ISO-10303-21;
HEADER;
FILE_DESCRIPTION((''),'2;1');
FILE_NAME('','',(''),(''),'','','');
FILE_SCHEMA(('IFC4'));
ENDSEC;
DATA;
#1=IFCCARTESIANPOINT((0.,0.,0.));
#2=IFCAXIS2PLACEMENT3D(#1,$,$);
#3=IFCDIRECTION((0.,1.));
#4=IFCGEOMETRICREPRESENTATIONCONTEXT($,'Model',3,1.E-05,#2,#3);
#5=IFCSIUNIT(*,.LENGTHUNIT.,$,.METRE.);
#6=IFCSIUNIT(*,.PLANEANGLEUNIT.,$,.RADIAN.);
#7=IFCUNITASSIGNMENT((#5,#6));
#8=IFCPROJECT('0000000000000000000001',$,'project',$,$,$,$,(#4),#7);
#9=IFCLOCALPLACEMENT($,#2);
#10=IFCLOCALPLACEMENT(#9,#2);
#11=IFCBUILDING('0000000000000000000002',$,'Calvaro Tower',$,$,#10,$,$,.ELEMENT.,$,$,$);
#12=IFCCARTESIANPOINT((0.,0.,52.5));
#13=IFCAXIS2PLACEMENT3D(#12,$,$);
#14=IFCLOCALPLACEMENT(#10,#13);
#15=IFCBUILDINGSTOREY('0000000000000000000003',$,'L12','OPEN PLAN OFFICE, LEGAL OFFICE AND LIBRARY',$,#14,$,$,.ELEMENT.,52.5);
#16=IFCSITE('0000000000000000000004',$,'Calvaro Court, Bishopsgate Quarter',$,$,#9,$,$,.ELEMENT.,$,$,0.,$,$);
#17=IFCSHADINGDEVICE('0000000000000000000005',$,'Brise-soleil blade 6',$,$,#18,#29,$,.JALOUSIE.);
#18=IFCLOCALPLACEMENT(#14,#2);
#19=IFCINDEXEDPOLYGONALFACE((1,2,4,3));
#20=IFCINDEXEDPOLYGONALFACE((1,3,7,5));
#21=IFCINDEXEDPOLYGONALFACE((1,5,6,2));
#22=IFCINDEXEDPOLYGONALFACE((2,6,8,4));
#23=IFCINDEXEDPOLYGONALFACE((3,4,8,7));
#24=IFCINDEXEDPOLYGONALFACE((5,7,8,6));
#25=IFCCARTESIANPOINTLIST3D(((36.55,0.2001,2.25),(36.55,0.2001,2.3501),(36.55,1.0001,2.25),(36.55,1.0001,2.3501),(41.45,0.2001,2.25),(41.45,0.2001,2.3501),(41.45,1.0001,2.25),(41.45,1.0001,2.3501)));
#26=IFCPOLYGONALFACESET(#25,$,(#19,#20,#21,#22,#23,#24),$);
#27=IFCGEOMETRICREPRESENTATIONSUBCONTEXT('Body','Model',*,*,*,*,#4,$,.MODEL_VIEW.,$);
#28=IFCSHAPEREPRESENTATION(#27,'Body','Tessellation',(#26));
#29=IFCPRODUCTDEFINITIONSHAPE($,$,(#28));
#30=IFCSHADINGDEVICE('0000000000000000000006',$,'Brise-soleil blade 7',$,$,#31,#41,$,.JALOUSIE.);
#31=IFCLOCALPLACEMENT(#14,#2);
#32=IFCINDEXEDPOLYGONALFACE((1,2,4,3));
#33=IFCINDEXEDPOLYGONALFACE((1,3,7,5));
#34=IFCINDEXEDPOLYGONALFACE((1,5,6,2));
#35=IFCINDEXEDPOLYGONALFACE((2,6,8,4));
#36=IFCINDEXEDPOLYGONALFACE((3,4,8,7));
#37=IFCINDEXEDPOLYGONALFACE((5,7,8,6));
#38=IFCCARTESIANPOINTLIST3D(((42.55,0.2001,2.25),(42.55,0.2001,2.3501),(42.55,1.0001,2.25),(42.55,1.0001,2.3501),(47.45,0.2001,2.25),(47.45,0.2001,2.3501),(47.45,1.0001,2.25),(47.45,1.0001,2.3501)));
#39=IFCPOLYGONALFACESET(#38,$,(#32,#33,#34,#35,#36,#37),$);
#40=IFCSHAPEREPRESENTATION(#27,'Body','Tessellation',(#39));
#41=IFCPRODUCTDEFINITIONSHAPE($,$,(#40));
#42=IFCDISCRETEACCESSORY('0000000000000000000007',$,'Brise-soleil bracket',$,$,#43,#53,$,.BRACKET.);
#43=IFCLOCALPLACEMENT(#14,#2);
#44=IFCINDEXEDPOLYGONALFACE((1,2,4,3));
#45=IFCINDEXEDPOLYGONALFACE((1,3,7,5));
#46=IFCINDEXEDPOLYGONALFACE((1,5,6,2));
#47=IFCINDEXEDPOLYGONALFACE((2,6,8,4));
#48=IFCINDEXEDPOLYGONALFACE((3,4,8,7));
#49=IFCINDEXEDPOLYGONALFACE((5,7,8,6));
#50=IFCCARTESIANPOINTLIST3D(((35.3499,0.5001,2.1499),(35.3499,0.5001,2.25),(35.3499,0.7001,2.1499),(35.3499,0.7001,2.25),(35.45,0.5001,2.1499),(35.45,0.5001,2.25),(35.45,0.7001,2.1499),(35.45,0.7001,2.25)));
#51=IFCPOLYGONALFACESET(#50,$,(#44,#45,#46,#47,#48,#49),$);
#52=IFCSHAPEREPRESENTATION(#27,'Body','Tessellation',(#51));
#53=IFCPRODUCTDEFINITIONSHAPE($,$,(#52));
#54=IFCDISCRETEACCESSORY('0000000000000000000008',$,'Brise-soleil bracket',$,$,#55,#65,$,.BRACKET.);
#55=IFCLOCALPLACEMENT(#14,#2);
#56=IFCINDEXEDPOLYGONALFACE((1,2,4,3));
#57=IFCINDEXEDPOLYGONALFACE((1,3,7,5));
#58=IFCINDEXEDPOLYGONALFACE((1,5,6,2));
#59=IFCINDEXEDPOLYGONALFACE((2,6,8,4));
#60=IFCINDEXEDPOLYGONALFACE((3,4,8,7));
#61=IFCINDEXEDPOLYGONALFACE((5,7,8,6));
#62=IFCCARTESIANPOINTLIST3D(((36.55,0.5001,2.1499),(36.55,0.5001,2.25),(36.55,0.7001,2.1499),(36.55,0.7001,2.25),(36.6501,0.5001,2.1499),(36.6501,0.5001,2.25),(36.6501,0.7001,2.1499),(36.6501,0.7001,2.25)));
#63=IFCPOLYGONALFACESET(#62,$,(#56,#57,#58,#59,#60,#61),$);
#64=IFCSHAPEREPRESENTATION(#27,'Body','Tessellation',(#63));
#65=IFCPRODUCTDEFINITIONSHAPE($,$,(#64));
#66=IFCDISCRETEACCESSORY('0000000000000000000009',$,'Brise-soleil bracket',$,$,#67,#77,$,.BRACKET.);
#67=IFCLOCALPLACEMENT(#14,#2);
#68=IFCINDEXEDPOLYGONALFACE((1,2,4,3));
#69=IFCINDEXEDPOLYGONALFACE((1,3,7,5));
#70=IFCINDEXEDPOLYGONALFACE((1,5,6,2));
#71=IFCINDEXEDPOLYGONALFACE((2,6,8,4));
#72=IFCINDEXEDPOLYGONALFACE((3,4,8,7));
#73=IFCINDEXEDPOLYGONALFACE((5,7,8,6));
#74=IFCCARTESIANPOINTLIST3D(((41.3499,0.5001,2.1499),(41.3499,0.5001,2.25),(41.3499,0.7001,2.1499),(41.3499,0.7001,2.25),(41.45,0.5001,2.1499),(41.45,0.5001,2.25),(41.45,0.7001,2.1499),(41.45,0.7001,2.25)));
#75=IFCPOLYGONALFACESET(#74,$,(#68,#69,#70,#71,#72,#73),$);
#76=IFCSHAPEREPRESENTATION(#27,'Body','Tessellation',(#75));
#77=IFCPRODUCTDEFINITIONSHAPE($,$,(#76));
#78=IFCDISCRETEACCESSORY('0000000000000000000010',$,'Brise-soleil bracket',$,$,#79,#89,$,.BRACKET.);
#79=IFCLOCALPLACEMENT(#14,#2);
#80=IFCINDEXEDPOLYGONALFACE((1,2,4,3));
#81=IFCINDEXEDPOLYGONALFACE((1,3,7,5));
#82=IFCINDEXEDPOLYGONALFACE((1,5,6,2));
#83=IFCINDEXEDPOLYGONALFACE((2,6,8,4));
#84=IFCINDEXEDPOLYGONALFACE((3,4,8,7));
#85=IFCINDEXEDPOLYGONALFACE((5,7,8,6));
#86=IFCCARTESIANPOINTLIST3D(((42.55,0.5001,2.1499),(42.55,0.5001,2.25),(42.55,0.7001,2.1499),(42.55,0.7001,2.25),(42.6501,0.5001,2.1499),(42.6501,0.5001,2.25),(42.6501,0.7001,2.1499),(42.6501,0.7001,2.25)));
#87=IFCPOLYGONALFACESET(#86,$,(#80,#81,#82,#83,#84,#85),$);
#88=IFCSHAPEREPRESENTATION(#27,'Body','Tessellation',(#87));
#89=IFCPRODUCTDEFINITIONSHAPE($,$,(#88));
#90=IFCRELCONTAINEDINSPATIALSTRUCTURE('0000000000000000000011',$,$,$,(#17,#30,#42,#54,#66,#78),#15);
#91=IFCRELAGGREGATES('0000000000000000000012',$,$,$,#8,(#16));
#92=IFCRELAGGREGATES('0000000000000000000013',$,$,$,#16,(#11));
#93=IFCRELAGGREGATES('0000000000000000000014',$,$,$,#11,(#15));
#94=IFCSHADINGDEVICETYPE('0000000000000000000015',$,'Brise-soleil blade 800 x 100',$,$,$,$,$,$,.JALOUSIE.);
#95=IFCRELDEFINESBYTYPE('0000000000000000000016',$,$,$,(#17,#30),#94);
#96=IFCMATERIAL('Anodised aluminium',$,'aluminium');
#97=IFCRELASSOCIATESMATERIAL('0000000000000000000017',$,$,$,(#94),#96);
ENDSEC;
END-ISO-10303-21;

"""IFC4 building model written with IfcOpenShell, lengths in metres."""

from ifc_helpers import new_model, si_unit, direction, frame, origin, origin_2d, place, context, subcontext, project, spatial, rectangle, extrude, material, material_profile, profile_set, type_object, element, save


model = new_model("IFC4")

# Units and contexts
model_context = context("Model", 3, precision=1e-05, world=origin(), true_north=direction((0.0, 1.0)))
body_context = subcontext(model_context, "Body", "Model", "MODEL_VIEW")
ifc_project = project(units=[si_unit("LENGTHUNIT", "METRE"), si_unit("PLANEANGLEUNIT", "RADIAN")], contexts=[model_context])

# Site, building, storey
site_placement = place(None, origin())
site = spatial("IfcSite", under=ifc_project, at=site_placement, Name="Calvaro Court, Bishopsgate Quarter", CompositionType="ELEMENT", RefElevation=0.0)
building_placement = place(site_placement, origin())
building = spatial("IfcBuilding", under=site, at=building_placement, Name="Calvaro Tower", CompositionType="ELEMENT")
storey_placement = place(building_placement, frame((0.0, 0.0, 52.5)))
storey = spatial("IfcBuildingStorey", under=building, at=storey_placement, Name="L12", Description="OPEN PLAN OFFICE, LEGAL OFFICE AND LIBRARY", CompositionType="ELEMENT", Elevation=52.5)

# Shading devices
ifc_material_1 = material(Name="Anodised aluminium", Category="aluminium")
ifc_material_profile_1 = material_profile(ifc_material_1, rectangle(XDim=0.8, YDim=0.1001, at=origin_2d()), Name="Brise-soleil blade 800 x 100")
ifc_profile_set_1 = profile_set([ifc_material_profile_1], Name="Anodised aluminium")
shading_device_type = type_object("IfcShadingDeviceType", Name="Brise-soleil blade 800 x 100", PredefinedType="JALOUSIE", material=ifc_profile_set_1)
for number, where, z_axis, x_axis, name in (
    (1, (36.55, 0.6001, 2.3), (1.0, 0.0, 0.0), (0.0, 1.0, 0.0), "Brise-soleil blade 6"),
    (2, (42.55, 0.6001, 2.3), (1.0, 0.0, 0.0), (0.0, 1.0, 0.0), "Brise-soleil blade 7"),
):
    element("IfcShadingDevice", number, at=place(storey_placement, frame(where, z_axis=z_axis, x_axis=x_axis)), inside=storey, type_object=shading_device_type, Name=name, PredefinedType="JALOUSIE", context=body_context, shape_type="SweptSolid", body=[
        extrude(rectangle(XDim=0.8, YDim=0.1001, at=origin_2d()), origin(), (0.0, 0.0, 1.0), 4.8999),
    ])

# Discrete accessories
for number, where, z_axis, x_axis, name in (
    (3, (35.3999, 0.6001, 2.1499), (0.0, 0.0, 1.0), (1.0, 0.0, 0.0), "Brise-soleil bracket"),
    (4, (36.6001, 0.6001, 2.1499), (0.0, 0.0, 1.0), (1.0, 0.0, 0.0), "Brise-soleil bracket"),
    (5, (41.3999, 0.6001, 2.1499), (0.0, 0.0, 1.0), (1.0, 0.0, 0.0), "Brise-soleil bracket"),
    (6, (42.6001, 0.6001, 2.1499), (0.0, 0.0, 1.0), (1.0, 0.0, 0.0), "Brise-soleil bracket"),
):
    element("IfcDiscreteAccessory", number, at=place(storey_placement, frame(where, z_axis=z_axis, x_axis=x_axis)), inside=storey, Name=name, PredefinedType="BRACKET", context=body_context, shape_type="SweptSolid", body=[
        extrude(rectangle(XDim=0.1001, YDim=0.2, at=origin_2d()), origin(), (0.0, 0.0, 1.0), 0.1001),
    ])

save(model, "model.ifc")
